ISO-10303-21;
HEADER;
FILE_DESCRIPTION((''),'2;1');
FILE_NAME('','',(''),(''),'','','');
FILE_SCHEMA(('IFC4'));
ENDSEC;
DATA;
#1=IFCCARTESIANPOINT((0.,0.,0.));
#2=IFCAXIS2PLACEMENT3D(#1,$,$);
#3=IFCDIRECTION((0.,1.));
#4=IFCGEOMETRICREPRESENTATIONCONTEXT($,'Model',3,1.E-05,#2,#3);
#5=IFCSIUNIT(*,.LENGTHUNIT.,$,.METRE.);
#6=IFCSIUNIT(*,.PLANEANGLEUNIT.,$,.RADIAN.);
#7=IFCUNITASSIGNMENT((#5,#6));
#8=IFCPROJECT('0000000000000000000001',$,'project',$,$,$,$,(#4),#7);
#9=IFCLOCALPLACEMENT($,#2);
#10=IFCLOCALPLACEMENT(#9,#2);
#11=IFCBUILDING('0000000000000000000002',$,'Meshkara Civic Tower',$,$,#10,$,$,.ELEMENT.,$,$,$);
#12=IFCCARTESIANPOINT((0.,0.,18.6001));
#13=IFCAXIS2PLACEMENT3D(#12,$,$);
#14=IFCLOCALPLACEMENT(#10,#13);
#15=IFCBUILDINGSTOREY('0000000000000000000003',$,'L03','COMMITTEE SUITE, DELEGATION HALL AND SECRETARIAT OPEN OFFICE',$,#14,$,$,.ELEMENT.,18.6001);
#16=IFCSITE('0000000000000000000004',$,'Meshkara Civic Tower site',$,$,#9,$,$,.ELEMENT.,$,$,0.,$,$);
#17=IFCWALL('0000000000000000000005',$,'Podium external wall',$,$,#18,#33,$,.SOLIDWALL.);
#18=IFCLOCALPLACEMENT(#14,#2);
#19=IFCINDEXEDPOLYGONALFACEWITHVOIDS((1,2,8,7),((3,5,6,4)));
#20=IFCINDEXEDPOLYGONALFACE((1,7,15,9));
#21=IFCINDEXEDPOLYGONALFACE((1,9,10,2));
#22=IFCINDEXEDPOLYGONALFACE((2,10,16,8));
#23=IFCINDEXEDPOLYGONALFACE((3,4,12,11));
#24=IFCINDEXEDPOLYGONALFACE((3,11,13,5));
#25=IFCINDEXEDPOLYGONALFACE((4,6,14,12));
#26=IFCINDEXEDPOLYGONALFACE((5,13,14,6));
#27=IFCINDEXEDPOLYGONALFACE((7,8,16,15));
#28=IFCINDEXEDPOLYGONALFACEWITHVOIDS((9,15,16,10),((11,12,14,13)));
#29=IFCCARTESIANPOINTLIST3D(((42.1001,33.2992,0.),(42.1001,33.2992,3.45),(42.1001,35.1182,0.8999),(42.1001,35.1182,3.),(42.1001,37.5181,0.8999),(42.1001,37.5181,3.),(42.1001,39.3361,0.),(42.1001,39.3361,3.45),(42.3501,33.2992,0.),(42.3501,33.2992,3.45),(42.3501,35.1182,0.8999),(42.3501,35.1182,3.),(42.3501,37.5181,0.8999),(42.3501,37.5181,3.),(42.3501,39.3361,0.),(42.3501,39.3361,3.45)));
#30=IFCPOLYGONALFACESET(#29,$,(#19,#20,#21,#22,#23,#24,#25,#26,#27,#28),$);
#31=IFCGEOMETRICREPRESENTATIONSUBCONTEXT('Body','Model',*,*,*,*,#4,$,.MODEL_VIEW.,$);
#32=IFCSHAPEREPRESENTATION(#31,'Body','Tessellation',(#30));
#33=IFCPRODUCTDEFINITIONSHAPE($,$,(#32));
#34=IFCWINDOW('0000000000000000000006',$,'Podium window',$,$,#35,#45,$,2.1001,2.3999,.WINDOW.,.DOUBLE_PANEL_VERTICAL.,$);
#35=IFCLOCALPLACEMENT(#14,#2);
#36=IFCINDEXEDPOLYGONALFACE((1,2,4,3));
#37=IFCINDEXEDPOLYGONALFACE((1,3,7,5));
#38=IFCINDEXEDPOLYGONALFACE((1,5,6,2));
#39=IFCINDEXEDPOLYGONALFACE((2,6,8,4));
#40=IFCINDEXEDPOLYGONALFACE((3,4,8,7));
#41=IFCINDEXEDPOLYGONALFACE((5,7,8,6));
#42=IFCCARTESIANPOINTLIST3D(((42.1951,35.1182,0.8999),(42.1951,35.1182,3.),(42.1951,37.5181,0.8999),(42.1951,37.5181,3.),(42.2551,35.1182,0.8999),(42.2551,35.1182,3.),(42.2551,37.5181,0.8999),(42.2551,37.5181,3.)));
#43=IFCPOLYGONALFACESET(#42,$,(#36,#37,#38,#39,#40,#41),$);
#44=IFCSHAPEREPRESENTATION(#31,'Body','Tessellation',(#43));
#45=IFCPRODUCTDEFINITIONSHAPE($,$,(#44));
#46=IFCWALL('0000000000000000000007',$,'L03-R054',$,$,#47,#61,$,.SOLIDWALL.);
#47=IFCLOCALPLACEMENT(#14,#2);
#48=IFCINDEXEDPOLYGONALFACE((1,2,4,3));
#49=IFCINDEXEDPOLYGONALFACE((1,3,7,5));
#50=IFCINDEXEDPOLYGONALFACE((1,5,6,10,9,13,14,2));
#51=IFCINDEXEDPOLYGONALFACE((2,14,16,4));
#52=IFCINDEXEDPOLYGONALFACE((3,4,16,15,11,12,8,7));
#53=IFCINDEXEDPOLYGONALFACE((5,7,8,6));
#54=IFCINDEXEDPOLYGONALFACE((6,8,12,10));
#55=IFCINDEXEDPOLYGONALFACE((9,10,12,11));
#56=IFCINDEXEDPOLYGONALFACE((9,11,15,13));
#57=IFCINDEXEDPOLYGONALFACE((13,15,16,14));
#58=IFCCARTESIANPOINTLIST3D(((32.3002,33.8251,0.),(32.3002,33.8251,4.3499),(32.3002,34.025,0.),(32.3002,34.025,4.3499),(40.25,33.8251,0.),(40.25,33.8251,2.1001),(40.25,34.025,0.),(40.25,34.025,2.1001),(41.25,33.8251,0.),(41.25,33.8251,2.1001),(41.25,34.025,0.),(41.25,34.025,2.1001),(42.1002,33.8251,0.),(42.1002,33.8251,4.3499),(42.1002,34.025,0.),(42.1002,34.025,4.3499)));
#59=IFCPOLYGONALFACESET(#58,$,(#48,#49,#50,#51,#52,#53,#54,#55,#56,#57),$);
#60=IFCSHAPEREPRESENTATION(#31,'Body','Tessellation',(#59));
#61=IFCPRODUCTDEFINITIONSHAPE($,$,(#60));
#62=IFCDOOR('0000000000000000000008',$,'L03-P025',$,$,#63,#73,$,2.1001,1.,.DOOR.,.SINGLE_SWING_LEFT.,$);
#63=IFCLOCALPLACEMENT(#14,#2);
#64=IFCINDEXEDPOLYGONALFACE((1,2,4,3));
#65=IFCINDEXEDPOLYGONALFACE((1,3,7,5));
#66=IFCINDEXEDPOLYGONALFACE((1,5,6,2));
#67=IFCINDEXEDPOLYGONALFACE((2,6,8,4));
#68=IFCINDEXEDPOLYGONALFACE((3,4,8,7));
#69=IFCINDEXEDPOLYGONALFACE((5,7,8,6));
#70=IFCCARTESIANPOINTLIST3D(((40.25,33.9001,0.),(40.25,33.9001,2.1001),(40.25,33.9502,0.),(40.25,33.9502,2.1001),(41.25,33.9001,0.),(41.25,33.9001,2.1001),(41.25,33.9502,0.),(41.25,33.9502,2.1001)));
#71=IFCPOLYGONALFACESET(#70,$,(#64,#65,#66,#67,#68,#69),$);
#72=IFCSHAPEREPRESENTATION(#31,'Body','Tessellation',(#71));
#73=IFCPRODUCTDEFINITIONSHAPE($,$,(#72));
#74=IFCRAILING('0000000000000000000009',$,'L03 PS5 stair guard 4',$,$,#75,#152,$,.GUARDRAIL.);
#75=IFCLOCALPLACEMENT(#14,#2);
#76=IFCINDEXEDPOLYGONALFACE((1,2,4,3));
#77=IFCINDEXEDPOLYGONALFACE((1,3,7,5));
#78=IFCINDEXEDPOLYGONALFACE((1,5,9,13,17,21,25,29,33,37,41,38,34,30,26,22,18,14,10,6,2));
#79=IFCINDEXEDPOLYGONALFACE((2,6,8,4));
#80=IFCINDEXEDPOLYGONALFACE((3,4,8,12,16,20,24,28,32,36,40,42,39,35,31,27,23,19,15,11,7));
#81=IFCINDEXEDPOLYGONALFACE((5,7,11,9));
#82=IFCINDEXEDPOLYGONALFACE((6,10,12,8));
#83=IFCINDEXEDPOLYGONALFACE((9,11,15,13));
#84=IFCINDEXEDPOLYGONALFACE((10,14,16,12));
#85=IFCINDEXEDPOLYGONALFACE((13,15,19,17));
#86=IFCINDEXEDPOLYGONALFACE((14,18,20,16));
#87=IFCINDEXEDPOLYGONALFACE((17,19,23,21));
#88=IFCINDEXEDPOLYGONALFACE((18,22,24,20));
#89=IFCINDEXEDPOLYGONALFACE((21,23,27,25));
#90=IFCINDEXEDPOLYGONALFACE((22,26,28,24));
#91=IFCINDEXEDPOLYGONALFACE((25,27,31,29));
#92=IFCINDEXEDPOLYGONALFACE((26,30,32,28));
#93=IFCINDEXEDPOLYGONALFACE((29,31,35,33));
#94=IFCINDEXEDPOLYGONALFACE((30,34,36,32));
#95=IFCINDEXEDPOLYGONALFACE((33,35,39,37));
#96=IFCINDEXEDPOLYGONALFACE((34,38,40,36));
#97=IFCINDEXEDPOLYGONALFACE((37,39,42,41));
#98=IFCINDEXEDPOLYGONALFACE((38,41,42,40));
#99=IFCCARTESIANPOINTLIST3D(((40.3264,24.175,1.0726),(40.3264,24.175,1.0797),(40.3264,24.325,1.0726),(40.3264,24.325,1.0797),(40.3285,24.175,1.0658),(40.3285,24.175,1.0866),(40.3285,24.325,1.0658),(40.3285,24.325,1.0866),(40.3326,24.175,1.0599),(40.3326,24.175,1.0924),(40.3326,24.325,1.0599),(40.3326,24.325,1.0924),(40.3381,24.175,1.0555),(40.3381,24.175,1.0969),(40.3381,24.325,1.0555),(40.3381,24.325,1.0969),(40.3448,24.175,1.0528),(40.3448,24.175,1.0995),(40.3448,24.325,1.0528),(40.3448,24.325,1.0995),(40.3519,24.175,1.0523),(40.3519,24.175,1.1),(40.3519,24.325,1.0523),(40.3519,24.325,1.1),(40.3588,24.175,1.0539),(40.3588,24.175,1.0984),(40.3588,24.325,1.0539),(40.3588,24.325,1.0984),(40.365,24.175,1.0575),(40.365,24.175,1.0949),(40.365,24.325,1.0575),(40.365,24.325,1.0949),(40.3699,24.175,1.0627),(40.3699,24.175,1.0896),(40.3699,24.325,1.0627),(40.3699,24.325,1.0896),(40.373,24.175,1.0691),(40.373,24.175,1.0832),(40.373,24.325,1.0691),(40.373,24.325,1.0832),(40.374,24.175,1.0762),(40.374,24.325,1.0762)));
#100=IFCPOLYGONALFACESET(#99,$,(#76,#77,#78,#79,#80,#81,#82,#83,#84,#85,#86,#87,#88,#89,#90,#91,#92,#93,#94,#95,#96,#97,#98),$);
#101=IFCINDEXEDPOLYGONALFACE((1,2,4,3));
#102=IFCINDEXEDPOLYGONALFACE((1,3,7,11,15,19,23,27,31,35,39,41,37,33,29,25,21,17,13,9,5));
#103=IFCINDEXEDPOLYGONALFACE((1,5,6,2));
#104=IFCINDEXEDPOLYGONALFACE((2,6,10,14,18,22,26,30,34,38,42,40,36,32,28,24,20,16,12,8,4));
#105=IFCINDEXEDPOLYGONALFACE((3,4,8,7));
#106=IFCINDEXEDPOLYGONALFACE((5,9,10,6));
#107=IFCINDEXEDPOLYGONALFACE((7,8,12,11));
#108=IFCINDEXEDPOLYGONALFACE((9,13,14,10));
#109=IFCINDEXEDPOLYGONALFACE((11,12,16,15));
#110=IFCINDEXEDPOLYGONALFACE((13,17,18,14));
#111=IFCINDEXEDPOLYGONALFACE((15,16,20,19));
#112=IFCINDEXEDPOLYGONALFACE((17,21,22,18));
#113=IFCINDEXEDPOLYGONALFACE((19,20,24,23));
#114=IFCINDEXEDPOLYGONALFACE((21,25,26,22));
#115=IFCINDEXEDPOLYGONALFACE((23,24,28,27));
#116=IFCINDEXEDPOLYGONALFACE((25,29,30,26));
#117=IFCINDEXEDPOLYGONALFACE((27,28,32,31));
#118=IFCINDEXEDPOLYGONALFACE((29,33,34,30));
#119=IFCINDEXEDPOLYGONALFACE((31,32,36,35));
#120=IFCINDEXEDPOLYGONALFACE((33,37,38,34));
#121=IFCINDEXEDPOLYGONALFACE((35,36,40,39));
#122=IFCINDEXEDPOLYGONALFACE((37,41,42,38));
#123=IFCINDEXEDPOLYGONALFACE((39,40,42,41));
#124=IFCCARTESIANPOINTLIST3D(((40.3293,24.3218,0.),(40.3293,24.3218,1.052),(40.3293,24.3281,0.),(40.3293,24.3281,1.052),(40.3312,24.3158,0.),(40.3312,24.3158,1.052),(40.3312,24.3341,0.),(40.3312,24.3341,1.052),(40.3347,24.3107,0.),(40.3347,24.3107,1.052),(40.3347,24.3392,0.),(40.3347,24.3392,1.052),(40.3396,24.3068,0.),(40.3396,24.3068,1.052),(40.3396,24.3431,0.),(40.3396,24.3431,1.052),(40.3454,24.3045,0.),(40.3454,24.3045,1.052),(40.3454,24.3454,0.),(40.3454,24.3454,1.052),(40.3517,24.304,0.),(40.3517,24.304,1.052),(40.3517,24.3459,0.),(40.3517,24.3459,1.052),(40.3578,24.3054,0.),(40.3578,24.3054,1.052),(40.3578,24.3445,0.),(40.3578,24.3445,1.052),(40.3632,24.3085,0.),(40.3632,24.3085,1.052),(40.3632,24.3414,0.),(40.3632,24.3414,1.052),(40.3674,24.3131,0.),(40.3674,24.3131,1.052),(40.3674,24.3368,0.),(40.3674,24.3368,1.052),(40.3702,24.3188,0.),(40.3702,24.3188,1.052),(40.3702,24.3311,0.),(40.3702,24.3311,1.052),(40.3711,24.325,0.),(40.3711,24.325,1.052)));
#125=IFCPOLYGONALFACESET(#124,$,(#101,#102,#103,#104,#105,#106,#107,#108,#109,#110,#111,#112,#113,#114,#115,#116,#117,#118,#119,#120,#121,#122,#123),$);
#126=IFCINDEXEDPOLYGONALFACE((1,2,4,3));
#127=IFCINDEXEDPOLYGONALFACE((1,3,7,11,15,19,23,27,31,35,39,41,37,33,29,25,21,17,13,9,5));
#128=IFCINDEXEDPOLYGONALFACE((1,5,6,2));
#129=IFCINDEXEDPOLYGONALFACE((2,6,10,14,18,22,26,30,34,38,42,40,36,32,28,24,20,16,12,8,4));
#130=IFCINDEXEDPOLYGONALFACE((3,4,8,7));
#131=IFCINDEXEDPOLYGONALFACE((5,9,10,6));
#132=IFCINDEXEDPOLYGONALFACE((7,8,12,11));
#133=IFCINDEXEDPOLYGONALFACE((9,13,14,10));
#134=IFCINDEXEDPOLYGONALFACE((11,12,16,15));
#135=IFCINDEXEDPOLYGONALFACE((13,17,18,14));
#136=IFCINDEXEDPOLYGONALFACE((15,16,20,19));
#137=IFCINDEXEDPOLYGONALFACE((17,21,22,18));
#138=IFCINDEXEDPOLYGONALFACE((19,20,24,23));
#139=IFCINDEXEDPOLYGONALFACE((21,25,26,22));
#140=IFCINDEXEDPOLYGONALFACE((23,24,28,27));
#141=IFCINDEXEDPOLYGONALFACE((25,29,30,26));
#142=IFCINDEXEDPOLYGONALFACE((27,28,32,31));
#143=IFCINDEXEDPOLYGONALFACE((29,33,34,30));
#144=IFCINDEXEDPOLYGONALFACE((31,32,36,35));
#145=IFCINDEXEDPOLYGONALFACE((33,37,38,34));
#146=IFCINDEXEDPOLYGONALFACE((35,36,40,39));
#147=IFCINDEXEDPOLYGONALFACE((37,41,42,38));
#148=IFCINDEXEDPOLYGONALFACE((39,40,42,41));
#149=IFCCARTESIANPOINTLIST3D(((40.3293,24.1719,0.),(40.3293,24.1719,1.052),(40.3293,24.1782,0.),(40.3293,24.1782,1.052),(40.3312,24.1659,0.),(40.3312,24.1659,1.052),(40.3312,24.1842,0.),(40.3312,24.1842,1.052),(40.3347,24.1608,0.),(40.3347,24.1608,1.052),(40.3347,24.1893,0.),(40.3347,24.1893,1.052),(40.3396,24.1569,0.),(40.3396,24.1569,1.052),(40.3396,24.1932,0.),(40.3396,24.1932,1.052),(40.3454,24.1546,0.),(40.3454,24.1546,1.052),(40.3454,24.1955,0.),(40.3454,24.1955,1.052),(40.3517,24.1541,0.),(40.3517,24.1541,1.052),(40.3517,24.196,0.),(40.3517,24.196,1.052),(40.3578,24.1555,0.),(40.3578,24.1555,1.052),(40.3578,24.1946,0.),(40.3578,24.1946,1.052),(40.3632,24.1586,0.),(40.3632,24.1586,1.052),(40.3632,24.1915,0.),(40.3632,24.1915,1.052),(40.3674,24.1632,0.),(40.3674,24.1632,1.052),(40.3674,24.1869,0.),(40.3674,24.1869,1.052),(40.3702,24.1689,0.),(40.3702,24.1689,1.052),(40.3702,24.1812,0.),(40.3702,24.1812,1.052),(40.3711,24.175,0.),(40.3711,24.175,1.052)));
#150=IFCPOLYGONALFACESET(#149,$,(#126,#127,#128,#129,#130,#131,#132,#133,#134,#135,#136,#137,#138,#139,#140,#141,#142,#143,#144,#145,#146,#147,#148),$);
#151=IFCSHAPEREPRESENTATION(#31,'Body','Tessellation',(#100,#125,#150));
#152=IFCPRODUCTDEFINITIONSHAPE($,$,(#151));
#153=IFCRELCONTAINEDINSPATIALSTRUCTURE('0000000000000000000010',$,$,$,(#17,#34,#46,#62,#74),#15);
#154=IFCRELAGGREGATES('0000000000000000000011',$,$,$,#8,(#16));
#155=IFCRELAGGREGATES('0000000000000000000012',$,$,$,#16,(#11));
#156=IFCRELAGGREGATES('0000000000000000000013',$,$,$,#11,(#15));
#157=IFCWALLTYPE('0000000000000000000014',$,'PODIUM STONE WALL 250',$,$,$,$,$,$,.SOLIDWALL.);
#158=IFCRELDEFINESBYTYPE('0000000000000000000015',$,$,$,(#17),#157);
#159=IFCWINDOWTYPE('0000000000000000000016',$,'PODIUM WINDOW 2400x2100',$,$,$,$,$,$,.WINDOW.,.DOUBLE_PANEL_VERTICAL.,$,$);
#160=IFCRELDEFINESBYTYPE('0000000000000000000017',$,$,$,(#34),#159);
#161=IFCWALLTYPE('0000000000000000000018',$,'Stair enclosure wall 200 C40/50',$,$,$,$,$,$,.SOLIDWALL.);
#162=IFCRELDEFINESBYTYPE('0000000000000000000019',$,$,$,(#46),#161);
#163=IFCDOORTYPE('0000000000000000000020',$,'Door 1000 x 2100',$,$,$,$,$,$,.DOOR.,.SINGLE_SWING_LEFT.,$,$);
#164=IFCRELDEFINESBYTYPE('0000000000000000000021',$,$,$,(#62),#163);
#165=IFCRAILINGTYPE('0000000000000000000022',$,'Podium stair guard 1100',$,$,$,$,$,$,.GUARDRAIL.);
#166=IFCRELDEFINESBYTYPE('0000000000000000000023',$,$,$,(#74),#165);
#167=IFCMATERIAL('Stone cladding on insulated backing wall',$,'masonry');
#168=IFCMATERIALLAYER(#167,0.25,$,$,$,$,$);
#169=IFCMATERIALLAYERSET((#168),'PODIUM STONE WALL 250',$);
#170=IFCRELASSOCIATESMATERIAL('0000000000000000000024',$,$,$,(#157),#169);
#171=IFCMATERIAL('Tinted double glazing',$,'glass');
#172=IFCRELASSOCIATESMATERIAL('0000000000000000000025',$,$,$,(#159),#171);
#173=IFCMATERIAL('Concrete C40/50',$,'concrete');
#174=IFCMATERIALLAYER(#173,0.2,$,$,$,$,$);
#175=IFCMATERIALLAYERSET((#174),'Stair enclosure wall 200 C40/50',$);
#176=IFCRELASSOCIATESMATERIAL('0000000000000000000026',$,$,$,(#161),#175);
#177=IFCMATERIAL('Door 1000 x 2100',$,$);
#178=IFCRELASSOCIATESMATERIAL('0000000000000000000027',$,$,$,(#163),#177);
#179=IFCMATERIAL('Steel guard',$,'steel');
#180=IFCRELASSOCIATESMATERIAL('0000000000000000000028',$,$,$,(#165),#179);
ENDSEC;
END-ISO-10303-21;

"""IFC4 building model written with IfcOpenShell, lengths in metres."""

from ifc_helpers import new_model, si_unit, direction, frame, frame_2d, origin, origin_2d, place, context, subcontext, project, spatial, rectangle, circle, extrude, material, layer, layer_set, type_object, element, fill, save


model = new_model("IFC4")

# Units and contexts
model_context = context("Model", 3, precision=1e-05, world=origin(), true_north=direction((0.0, 1.0)))
body_context = subcontext(model_context, "Body", "Model", "MODEL_VIEW")
ifc_project = project(units=[si_unit("LENGTHUNIT", "METRE"), si_unit("PLANEANGLEUNIT", "RADIAN")], contexts=[model_context])

# Site, building, storey
site_placement = place(None, origin())
site = spatial("IfcSite", under=ifc_project, at=site_placement, Name="Meshkara Civic Tower site", CompositionType="ELEMENT", RefElevation=0.0)
building_placement = place(site_placement, origin())
building = spatial("IfcBuilding", under=site, at=building_placement, Name="Meshkara Civic Tower", CompositionType="ELEMENT")
storey_placement = place(building_placement, frame((0.0, 0.0, 18.6001)))
storey = spatial("IfcBuildingStorey", under=building, at=storey_placement, Name="L03", Description="COMMITTEE SUITE, DELEGATION HALL AND SECRETARIAT OPEN OFFICE", CompositionType="ELEMENT", Elevation=18.6001)

# Shared definitions
ifc_material_1 = material(Name="Stone cladding on insulated backing wall", Category="masonry")
ifc_layer_1 = layer(ifc_material_1, 0.25)
ifc_layer_set_1 = layer_set([ifc_layer_1], Name="PODIUM STONE WALL 250")
wall_type_1 = type_object("IfcWallType", Name="PODIUM STONE WALL 250", PredefinedType="SOLIDWALL", material=ifc_layer_set_1)

# Shared definitions
ifc_material_2 = material(Name="Tinted double glazing", Category="glass")
window_type = type_object("IfcWindowType", Name="PODIUM WINDOW 2400x2100", PartitioningType="DOUBLE_PANEL_VERTICAL", PredefinedType="WINDOW", material=ifc_material_2)

# Wall, opening, window
wall_1_placement = place(storey_placement, frame((42.2251, 33.2991, 0.0), z_axis=(0.0, 0.0, 1.0), x_axis=(0.0, 1.0, 0.0)))
wall_1 = element("IfcWall", 1, at=wall_1_placement, inside=storey, type_object=wall_type_1, Name="Podium external wall", PredefinedType="SOLIDWALL", context=body_context, shape_type="SweptSolid", body=[
    extrude(rectangle(XDim=6.0369, YDim=0.25, at=frame_2d((3.0186, 0.0))), origin(), (0.0, 0.0, 1.0), 3.45),
])
opening_1_placement = place(wall_1_placement, frame((1.8191, 0.0, 0.8999)))
opening_1 = element("IfcOpeningElement", 2, at=opening_1_placement, cuts=wall_1, PredefinedType="OPENING", context=body_context, shape_type="SweptSolid", body=[
    extrude(rectangle(XDim=2.3999, YDim=2.1001, at=frame_2d((1.2, 1.05))), frame((0.0, 0.135, 0.0), z_axis=(0.0, -1.0, 0.0), x_axis=(1.0, 0.0, 0.0)), (0.0, 0.0, 1.0), 0.27),
])
window_1_placement = place(opening_1_placement, origin())
window_1 = element("IfcWindow", 3, at=window_1_placement, inside=storey, type_object=window_type, Name="Podium window", OverallHeight=2.1001, OverallWidth=2.3999, PartitioningType="DOUBLE_PANEL_VERTICAL", PredefinedType="WINDOW", context=body_context, shape_type="SweptSolid", body=[
    extrude(rectangle(XDim=2.3999, YDim=2.1001, at=frame_2d((1.2, 1.05))), frame((0.0, 0.03, 0.0), z_axis=(0.0, -1.0, 0.0), x_axis=(1.0, 0.0, 0.0)), (0.0, 0.0, 1.0), 0.0601),
])
fill(opening_1, window_1)

# Wall, opening, door
ifc_material_3 = material(Name="Concrete C40/50", Category="concrete")
ifc_layer_2 = layer(ifc_material_3, 0.2)
ifc_layer_set_2 = layer_set([ifc_layer_2], Name="Stair enclosure wall 200 C40/50")
wall_type_2 = type_object("IfcWallType", Name="Stair enclosure wall 200 C40/50", PredefinedType="SOLIDWALL", material=ifc_layer_set_2)
wall_2_placement = place(storey_placement, frame((42.1001, 33.925, 0.0), z_axis=(0.0, 0.0, 1.0), x_axis=(-1.0, 0.0, 0.0)))
wall_2 = element("IfcWall", 4, at=wall_2_placement, inside=storey, type_object=wall_type_2, Name="L03-R054", PredefinedType="SOLIDWALL", context=body_context, shape_type="SweptSolid", body=[
    extrude(rectangle(XDim=9.8, YDim=0.2, at=frame_2d((4.8999, 0.0))), origin(), (0.0, 0.0, 1.0), 4.3499),
])
opening_2_placement = place(wall_2_placement, frame((0.8501, 0.0, 0.0)))
opening_2 = element("IfcOpeningElement", 5, at=opening_2_placement, cuts=wall_2, PredefinedType="OPENING", context=body_context, shape_type="SweptSolid", body=[
    extrude(rectangle(XDim=1.0, YDim=2.1001, at=frame_2d((0.5, 1.05))), frame((0.0, 0.1099, 0.0), z_axis=(0.0, -1.0, 0.0), x_axis=(1.0, 0.0, 0.0)), (0.0, 0.0, 1.0), 0.22),
])
ifc_material_4 = material(Name="Door 1000 x 2100")
door_type = type_object("IfcDoorType", Name="Door 1000 x 2100", OperationType="SINGLE_SWING_LEFT", PredefinedType="DOOR", material=ifc_material_4)
door_placement = place(opening_2_placement, origin())
door = element("IfcDoor", 6, at=door_placement, inside=storey, type_object=door_type, Name="L03-P025", OperationType="SINGLE_SWING_LEFT", OverallHeight=2.1001, OverallWidth=1.0, PredefinedType="DOOR", context=body_context, shape_type="SweptSolid", body=[
    extrude(rectangle(XDim=1.0, YDim=2.1001, at=frame_2d((0.5, 1.05))), frame((0.0, 0.0249, 0.0), z_axis=(0.0, -1.0, 0.0), x_axis=(1.0, 0.0, 0.0)), (0.0, 0.0, 1.0), 0.05),
])
fill(opening_2, door)

# Railing
ifc_material_5 = material(Name="Steel guard", Category="steel")
railing_type = type_object("IfcRailingType", Name="Podium stair guard 1100", PredefinedType="GUARDRAIL", material=ifc_material_5)
railing_1_placement = place(storey_placement, frame((40.3501, 24.325, 0.0)))
element("IfcRailing", 7, at=railing_1_placement, inside=storey, type_object=railing_type, Name="L03 PS5 stair guard 4", PredefinedType="GUARDRAIL", context=body_context, shape_type="SweptSolid", body=[
    extrude(circle(Radius=0.0239, at=origin_2d()), frame((0.0, 0.0, 1.0762), z_axis=(0.0, -1.0, 0.0), x_axis=(1.0, 0.0, 0.0)), (0.0, 0.0, 1.0), 0.1499),
    extrude(circle(Radius=0.021, at=origin_2d()), origin(), (0.0, 0.0, 1.0), 1.052),
    extrude(circle(Radius=0.021, at=origin_2d()), frame((0.0, -0.1499, 0.0)), (0.0, 0.0, 1.0), 1.052),
])

save(model, "model.ifc")
